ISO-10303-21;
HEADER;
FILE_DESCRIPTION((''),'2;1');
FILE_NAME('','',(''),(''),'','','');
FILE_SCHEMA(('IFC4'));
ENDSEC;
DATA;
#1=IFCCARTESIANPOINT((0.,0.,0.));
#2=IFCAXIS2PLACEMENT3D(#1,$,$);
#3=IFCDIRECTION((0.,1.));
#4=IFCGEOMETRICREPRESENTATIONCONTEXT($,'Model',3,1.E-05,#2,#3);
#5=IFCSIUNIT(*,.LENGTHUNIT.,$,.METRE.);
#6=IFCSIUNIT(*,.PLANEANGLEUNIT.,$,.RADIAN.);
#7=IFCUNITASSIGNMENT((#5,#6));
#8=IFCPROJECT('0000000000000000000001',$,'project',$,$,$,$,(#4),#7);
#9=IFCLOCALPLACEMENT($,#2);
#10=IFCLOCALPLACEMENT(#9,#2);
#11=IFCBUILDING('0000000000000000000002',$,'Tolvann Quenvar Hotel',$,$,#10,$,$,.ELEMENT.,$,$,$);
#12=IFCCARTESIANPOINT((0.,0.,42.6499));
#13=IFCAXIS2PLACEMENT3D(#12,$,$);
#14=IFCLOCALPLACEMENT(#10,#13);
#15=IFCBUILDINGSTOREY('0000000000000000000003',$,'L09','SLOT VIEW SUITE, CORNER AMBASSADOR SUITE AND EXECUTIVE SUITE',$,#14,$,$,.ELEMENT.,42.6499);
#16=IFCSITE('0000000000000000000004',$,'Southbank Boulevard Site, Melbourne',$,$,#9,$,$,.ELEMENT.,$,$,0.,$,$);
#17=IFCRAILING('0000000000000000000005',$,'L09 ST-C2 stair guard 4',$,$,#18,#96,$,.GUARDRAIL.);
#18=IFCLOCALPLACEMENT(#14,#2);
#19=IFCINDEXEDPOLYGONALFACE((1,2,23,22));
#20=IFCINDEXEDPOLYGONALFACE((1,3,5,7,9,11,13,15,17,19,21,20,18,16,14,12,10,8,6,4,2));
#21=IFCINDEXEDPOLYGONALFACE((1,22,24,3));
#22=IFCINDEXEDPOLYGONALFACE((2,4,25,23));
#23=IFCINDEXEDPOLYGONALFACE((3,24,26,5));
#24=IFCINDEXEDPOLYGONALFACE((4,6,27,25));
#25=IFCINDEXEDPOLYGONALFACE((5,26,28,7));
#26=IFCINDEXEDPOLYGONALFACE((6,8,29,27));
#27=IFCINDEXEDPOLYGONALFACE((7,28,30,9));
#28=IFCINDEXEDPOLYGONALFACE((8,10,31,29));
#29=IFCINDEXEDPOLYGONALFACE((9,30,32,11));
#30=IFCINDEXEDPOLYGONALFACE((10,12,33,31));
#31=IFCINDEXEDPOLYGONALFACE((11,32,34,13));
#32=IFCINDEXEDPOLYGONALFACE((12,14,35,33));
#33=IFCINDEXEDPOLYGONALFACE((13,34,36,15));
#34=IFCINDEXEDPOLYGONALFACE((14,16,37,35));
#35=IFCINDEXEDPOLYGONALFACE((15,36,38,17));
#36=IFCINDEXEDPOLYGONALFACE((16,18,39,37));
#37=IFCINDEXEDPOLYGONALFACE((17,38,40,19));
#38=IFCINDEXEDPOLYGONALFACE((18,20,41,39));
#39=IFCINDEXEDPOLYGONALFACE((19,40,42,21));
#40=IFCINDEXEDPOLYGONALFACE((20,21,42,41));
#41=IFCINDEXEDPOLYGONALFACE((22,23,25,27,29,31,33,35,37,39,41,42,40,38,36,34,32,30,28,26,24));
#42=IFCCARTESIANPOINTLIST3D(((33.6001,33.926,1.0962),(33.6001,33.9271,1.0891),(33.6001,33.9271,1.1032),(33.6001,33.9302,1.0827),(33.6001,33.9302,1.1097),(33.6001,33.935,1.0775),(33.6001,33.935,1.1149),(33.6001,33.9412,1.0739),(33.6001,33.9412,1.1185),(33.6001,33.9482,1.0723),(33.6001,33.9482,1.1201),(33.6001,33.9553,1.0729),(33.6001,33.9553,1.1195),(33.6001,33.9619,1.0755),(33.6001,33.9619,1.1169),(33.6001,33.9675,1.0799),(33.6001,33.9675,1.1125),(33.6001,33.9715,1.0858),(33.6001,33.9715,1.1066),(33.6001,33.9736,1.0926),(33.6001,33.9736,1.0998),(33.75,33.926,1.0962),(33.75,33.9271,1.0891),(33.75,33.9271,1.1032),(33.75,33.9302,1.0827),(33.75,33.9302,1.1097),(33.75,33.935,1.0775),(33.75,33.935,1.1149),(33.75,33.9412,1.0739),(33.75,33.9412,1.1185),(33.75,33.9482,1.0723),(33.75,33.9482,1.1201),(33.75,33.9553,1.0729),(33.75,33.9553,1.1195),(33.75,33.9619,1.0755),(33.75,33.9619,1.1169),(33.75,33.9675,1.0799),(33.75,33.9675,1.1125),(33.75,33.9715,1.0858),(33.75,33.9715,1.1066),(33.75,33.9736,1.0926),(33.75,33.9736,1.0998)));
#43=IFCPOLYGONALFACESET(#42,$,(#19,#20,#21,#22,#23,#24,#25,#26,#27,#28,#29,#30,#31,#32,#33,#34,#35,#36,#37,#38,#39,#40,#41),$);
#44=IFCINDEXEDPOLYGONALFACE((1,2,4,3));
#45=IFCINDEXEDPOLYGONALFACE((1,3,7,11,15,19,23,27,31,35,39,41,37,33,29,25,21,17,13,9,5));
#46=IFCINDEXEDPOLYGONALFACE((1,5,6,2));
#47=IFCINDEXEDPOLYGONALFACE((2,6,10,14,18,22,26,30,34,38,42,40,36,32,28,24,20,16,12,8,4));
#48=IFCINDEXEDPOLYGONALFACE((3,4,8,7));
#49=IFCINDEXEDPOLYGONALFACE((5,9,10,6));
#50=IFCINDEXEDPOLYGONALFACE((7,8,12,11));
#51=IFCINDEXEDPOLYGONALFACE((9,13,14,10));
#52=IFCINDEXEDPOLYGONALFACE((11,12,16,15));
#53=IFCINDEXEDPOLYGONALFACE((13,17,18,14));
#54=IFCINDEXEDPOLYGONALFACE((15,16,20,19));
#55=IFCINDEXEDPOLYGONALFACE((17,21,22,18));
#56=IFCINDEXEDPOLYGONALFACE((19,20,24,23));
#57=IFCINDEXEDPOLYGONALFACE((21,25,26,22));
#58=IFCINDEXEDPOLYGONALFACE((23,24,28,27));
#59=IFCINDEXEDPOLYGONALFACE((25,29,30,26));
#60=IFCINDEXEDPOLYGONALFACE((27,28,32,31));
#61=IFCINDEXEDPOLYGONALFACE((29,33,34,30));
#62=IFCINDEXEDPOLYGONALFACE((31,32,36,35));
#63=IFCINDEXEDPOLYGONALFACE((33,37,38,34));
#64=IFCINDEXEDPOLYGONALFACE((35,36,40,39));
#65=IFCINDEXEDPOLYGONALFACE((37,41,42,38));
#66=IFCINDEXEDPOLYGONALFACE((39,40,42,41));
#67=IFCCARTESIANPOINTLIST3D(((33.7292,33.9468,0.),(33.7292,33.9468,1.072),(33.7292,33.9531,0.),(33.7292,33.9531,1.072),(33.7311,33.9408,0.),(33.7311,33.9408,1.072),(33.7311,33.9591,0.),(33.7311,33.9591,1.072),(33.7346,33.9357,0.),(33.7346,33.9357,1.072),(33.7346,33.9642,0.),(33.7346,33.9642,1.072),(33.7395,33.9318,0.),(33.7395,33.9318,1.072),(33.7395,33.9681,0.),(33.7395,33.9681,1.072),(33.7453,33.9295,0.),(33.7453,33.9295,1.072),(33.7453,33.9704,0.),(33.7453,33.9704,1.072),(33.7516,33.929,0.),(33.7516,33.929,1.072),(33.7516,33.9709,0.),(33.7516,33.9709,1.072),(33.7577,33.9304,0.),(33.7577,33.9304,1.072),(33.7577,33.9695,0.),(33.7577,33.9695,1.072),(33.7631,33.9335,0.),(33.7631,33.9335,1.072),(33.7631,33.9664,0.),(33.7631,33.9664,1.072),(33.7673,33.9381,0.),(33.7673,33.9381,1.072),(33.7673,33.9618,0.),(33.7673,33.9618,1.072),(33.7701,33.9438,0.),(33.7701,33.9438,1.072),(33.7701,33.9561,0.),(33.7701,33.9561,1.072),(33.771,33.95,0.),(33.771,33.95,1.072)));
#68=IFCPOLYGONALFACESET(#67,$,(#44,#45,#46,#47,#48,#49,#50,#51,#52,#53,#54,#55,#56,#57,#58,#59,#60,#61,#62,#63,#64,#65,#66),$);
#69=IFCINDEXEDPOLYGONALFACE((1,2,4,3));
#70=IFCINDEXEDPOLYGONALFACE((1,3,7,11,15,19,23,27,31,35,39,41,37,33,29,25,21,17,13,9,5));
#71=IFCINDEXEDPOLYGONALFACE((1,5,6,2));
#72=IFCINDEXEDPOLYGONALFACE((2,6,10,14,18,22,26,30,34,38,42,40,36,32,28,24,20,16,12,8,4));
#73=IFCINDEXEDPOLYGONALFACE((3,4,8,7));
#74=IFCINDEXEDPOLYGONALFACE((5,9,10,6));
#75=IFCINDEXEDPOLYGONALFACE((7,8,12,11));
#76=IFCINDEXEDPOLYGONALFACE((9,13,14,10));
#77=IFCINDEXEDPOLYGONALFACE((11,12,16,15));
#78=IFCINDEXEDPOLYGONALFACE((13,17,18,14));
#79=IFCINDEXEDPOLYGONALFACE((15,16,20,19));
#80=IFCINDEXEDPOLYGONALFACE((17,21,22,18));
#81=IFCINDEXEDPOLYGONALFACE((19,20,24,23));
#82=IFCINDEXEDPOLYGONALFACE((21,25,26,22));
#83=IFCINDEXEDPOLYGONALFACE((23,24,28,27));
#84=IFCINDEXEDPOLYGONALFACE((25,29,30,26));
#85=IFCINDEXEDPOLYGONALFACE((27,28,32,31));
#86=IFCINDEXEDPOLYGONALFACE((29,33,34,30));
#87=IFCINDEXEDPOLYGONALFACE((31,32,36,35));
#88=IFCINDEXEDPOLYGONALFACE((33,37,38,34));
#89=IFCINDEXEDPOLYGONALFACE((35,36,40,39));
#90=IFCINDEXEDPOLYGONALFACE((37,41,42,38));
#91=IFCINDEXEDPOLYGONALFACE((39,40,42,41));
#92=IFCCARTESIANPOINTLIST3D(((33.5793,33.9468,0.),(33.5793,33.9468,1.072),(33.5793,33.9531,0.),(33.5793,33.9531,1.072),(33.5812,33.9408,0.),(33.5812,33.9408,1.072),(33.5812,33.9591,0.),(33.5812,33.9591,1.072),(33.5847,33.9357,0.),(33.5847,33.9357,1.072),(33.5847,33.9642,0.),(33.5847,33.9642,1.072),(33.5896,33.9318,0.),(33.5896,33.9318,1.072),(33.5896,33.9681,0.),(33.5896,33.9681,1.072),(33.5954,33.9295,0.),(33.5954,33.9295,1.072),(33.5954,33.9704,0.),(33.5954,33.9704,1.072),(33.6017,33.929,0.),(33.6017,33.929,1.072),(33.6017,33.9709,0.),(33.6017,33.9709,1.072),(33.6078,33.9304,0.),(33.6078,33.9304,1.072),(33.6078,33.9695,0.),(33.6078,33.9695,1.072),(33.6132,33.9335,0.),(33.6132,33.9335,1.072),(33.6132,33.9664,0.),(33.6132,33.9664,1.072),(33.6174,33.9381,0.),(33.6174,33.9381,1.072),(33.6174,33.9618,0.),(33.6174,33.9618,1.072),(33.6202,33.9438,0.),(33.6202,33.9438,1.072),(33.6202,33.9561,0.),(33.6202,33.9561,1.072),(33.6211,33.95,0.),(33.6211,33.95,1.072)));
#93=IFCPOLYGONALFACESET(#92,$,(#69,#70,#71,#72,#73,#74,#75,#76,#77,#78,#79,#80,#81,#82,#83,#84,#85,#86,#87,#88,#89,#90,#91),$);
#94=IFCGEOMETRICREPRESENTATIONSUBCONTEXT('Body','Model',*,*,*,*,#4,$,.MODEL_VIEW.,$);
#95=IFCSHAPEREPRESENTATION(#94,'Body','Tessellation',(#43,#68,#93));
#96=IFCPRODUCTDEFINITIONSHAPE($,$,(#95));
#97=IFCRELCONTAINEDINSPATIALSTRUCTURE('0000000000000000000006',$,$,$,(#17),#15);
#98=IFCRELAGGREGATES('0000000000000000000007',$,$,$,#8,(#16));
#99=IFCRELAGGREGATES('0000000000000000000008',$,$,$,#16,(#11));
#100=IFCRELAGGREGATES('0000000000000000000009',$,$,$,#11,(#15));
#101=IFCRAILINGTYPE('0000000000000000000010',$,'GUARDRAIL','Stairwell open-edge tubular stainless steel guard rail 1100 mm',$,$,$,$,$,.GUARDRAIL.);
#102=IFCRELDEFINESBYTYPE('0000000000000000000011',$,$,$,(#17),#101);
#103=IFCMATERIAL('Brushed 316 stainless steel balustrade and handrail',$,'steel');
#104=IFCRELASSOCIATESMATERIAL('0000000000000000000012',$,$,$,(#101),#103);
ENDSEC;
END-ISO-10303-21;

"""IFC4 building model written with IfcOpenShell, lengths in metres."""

from ifc_helpers import new_model, si_unit, direction, frame, origin, origin_2d, place, context, subcontext, project, spatial, circle, extrude, material, type_object, element, save


model = new_model("IFC4")

# Units and contexts
model_context = context("Model", 3, precision=1e-05, world=origin(), true_north=direction((0.0, 1.0)))
body_context = subcontext(model_context, "Body", "Model", "MODEL_VIEW")
ifc_project = project(units=[si_unit("LENGTHUNIT", "METRE"), si_unit("PLANEANGLEUNIT", "RADIAN")], contexts=[model_context])

# Site, building, storey
site_placement = place(None, origin())
site = spatial("IfcSite", under=ifc_project, at=site_placement, Name="Southbank Boulevard Site, Melbourne", CompositionType="ELEMENT", RefElevation=0.0)
building_placement = place(site_placement, origin())
building = spatial("IfcBuilding", under=site, at=building_placement, Name="Tolvann Quenvar Hotel", CompositionType="ELEMENT")
storey_placement = place(building_placement, frame((0.0, 0.0, 42.6499)))
storey = spatial("IfcBuildingStorey", under=building, at=storey_placement, Name="L09", Description="SLOT VIEW SUITE, CORNER AMBASSADOR SUITE AND EXECUTIVE SUITE", CompositionType="ELEMENT", Elevation=42.6499)

# Railing
ifc_material_1 = material(Name="Brushed 316 stainless steel balustrade and handrail", Category="steel")
railing_type_1 = type_object("IfcRailingType", Name="GUARDRAIL", Description="Stairwell open-edge tubular stainless steel guard rail 1100 mm", PredefinedType="GUARDRAIL", material=ifc_material_1)
railing_1_placement = place(storey_placement, frame((33.75, 33.95, 0.0)))
element("IfcRailing", 1, at=railing_1_placement, inside=storey, type_object=railing_type_1, Name="L09 ST-C2 stair guard 4", PredefinedType="GUARDRAIL", context=body_context, shape_type="SweptSolid", body=[
    extrude(circle(Radius=0.0239, at=origin_2d()), frame((0.0, 0.0, 1.0962), z_axis=(-1.0, 0.0, 0.0), x_axis=(0.0, -1.0, 0.0)), (0.0, 0.0, 1.0), 0.1499),
    extrude(circle(Radius=0.021, at=origin_2d()), origin(), (0.0, 0.0, 1.0), 1.072),
    extrude(circle(Radius=0.021, at=origin_2d()), frame((-0.1499, 0.0, 0.0)), (0.0, 0.0, 1.0), 1.072),
])

save(model, "model.ifc")
